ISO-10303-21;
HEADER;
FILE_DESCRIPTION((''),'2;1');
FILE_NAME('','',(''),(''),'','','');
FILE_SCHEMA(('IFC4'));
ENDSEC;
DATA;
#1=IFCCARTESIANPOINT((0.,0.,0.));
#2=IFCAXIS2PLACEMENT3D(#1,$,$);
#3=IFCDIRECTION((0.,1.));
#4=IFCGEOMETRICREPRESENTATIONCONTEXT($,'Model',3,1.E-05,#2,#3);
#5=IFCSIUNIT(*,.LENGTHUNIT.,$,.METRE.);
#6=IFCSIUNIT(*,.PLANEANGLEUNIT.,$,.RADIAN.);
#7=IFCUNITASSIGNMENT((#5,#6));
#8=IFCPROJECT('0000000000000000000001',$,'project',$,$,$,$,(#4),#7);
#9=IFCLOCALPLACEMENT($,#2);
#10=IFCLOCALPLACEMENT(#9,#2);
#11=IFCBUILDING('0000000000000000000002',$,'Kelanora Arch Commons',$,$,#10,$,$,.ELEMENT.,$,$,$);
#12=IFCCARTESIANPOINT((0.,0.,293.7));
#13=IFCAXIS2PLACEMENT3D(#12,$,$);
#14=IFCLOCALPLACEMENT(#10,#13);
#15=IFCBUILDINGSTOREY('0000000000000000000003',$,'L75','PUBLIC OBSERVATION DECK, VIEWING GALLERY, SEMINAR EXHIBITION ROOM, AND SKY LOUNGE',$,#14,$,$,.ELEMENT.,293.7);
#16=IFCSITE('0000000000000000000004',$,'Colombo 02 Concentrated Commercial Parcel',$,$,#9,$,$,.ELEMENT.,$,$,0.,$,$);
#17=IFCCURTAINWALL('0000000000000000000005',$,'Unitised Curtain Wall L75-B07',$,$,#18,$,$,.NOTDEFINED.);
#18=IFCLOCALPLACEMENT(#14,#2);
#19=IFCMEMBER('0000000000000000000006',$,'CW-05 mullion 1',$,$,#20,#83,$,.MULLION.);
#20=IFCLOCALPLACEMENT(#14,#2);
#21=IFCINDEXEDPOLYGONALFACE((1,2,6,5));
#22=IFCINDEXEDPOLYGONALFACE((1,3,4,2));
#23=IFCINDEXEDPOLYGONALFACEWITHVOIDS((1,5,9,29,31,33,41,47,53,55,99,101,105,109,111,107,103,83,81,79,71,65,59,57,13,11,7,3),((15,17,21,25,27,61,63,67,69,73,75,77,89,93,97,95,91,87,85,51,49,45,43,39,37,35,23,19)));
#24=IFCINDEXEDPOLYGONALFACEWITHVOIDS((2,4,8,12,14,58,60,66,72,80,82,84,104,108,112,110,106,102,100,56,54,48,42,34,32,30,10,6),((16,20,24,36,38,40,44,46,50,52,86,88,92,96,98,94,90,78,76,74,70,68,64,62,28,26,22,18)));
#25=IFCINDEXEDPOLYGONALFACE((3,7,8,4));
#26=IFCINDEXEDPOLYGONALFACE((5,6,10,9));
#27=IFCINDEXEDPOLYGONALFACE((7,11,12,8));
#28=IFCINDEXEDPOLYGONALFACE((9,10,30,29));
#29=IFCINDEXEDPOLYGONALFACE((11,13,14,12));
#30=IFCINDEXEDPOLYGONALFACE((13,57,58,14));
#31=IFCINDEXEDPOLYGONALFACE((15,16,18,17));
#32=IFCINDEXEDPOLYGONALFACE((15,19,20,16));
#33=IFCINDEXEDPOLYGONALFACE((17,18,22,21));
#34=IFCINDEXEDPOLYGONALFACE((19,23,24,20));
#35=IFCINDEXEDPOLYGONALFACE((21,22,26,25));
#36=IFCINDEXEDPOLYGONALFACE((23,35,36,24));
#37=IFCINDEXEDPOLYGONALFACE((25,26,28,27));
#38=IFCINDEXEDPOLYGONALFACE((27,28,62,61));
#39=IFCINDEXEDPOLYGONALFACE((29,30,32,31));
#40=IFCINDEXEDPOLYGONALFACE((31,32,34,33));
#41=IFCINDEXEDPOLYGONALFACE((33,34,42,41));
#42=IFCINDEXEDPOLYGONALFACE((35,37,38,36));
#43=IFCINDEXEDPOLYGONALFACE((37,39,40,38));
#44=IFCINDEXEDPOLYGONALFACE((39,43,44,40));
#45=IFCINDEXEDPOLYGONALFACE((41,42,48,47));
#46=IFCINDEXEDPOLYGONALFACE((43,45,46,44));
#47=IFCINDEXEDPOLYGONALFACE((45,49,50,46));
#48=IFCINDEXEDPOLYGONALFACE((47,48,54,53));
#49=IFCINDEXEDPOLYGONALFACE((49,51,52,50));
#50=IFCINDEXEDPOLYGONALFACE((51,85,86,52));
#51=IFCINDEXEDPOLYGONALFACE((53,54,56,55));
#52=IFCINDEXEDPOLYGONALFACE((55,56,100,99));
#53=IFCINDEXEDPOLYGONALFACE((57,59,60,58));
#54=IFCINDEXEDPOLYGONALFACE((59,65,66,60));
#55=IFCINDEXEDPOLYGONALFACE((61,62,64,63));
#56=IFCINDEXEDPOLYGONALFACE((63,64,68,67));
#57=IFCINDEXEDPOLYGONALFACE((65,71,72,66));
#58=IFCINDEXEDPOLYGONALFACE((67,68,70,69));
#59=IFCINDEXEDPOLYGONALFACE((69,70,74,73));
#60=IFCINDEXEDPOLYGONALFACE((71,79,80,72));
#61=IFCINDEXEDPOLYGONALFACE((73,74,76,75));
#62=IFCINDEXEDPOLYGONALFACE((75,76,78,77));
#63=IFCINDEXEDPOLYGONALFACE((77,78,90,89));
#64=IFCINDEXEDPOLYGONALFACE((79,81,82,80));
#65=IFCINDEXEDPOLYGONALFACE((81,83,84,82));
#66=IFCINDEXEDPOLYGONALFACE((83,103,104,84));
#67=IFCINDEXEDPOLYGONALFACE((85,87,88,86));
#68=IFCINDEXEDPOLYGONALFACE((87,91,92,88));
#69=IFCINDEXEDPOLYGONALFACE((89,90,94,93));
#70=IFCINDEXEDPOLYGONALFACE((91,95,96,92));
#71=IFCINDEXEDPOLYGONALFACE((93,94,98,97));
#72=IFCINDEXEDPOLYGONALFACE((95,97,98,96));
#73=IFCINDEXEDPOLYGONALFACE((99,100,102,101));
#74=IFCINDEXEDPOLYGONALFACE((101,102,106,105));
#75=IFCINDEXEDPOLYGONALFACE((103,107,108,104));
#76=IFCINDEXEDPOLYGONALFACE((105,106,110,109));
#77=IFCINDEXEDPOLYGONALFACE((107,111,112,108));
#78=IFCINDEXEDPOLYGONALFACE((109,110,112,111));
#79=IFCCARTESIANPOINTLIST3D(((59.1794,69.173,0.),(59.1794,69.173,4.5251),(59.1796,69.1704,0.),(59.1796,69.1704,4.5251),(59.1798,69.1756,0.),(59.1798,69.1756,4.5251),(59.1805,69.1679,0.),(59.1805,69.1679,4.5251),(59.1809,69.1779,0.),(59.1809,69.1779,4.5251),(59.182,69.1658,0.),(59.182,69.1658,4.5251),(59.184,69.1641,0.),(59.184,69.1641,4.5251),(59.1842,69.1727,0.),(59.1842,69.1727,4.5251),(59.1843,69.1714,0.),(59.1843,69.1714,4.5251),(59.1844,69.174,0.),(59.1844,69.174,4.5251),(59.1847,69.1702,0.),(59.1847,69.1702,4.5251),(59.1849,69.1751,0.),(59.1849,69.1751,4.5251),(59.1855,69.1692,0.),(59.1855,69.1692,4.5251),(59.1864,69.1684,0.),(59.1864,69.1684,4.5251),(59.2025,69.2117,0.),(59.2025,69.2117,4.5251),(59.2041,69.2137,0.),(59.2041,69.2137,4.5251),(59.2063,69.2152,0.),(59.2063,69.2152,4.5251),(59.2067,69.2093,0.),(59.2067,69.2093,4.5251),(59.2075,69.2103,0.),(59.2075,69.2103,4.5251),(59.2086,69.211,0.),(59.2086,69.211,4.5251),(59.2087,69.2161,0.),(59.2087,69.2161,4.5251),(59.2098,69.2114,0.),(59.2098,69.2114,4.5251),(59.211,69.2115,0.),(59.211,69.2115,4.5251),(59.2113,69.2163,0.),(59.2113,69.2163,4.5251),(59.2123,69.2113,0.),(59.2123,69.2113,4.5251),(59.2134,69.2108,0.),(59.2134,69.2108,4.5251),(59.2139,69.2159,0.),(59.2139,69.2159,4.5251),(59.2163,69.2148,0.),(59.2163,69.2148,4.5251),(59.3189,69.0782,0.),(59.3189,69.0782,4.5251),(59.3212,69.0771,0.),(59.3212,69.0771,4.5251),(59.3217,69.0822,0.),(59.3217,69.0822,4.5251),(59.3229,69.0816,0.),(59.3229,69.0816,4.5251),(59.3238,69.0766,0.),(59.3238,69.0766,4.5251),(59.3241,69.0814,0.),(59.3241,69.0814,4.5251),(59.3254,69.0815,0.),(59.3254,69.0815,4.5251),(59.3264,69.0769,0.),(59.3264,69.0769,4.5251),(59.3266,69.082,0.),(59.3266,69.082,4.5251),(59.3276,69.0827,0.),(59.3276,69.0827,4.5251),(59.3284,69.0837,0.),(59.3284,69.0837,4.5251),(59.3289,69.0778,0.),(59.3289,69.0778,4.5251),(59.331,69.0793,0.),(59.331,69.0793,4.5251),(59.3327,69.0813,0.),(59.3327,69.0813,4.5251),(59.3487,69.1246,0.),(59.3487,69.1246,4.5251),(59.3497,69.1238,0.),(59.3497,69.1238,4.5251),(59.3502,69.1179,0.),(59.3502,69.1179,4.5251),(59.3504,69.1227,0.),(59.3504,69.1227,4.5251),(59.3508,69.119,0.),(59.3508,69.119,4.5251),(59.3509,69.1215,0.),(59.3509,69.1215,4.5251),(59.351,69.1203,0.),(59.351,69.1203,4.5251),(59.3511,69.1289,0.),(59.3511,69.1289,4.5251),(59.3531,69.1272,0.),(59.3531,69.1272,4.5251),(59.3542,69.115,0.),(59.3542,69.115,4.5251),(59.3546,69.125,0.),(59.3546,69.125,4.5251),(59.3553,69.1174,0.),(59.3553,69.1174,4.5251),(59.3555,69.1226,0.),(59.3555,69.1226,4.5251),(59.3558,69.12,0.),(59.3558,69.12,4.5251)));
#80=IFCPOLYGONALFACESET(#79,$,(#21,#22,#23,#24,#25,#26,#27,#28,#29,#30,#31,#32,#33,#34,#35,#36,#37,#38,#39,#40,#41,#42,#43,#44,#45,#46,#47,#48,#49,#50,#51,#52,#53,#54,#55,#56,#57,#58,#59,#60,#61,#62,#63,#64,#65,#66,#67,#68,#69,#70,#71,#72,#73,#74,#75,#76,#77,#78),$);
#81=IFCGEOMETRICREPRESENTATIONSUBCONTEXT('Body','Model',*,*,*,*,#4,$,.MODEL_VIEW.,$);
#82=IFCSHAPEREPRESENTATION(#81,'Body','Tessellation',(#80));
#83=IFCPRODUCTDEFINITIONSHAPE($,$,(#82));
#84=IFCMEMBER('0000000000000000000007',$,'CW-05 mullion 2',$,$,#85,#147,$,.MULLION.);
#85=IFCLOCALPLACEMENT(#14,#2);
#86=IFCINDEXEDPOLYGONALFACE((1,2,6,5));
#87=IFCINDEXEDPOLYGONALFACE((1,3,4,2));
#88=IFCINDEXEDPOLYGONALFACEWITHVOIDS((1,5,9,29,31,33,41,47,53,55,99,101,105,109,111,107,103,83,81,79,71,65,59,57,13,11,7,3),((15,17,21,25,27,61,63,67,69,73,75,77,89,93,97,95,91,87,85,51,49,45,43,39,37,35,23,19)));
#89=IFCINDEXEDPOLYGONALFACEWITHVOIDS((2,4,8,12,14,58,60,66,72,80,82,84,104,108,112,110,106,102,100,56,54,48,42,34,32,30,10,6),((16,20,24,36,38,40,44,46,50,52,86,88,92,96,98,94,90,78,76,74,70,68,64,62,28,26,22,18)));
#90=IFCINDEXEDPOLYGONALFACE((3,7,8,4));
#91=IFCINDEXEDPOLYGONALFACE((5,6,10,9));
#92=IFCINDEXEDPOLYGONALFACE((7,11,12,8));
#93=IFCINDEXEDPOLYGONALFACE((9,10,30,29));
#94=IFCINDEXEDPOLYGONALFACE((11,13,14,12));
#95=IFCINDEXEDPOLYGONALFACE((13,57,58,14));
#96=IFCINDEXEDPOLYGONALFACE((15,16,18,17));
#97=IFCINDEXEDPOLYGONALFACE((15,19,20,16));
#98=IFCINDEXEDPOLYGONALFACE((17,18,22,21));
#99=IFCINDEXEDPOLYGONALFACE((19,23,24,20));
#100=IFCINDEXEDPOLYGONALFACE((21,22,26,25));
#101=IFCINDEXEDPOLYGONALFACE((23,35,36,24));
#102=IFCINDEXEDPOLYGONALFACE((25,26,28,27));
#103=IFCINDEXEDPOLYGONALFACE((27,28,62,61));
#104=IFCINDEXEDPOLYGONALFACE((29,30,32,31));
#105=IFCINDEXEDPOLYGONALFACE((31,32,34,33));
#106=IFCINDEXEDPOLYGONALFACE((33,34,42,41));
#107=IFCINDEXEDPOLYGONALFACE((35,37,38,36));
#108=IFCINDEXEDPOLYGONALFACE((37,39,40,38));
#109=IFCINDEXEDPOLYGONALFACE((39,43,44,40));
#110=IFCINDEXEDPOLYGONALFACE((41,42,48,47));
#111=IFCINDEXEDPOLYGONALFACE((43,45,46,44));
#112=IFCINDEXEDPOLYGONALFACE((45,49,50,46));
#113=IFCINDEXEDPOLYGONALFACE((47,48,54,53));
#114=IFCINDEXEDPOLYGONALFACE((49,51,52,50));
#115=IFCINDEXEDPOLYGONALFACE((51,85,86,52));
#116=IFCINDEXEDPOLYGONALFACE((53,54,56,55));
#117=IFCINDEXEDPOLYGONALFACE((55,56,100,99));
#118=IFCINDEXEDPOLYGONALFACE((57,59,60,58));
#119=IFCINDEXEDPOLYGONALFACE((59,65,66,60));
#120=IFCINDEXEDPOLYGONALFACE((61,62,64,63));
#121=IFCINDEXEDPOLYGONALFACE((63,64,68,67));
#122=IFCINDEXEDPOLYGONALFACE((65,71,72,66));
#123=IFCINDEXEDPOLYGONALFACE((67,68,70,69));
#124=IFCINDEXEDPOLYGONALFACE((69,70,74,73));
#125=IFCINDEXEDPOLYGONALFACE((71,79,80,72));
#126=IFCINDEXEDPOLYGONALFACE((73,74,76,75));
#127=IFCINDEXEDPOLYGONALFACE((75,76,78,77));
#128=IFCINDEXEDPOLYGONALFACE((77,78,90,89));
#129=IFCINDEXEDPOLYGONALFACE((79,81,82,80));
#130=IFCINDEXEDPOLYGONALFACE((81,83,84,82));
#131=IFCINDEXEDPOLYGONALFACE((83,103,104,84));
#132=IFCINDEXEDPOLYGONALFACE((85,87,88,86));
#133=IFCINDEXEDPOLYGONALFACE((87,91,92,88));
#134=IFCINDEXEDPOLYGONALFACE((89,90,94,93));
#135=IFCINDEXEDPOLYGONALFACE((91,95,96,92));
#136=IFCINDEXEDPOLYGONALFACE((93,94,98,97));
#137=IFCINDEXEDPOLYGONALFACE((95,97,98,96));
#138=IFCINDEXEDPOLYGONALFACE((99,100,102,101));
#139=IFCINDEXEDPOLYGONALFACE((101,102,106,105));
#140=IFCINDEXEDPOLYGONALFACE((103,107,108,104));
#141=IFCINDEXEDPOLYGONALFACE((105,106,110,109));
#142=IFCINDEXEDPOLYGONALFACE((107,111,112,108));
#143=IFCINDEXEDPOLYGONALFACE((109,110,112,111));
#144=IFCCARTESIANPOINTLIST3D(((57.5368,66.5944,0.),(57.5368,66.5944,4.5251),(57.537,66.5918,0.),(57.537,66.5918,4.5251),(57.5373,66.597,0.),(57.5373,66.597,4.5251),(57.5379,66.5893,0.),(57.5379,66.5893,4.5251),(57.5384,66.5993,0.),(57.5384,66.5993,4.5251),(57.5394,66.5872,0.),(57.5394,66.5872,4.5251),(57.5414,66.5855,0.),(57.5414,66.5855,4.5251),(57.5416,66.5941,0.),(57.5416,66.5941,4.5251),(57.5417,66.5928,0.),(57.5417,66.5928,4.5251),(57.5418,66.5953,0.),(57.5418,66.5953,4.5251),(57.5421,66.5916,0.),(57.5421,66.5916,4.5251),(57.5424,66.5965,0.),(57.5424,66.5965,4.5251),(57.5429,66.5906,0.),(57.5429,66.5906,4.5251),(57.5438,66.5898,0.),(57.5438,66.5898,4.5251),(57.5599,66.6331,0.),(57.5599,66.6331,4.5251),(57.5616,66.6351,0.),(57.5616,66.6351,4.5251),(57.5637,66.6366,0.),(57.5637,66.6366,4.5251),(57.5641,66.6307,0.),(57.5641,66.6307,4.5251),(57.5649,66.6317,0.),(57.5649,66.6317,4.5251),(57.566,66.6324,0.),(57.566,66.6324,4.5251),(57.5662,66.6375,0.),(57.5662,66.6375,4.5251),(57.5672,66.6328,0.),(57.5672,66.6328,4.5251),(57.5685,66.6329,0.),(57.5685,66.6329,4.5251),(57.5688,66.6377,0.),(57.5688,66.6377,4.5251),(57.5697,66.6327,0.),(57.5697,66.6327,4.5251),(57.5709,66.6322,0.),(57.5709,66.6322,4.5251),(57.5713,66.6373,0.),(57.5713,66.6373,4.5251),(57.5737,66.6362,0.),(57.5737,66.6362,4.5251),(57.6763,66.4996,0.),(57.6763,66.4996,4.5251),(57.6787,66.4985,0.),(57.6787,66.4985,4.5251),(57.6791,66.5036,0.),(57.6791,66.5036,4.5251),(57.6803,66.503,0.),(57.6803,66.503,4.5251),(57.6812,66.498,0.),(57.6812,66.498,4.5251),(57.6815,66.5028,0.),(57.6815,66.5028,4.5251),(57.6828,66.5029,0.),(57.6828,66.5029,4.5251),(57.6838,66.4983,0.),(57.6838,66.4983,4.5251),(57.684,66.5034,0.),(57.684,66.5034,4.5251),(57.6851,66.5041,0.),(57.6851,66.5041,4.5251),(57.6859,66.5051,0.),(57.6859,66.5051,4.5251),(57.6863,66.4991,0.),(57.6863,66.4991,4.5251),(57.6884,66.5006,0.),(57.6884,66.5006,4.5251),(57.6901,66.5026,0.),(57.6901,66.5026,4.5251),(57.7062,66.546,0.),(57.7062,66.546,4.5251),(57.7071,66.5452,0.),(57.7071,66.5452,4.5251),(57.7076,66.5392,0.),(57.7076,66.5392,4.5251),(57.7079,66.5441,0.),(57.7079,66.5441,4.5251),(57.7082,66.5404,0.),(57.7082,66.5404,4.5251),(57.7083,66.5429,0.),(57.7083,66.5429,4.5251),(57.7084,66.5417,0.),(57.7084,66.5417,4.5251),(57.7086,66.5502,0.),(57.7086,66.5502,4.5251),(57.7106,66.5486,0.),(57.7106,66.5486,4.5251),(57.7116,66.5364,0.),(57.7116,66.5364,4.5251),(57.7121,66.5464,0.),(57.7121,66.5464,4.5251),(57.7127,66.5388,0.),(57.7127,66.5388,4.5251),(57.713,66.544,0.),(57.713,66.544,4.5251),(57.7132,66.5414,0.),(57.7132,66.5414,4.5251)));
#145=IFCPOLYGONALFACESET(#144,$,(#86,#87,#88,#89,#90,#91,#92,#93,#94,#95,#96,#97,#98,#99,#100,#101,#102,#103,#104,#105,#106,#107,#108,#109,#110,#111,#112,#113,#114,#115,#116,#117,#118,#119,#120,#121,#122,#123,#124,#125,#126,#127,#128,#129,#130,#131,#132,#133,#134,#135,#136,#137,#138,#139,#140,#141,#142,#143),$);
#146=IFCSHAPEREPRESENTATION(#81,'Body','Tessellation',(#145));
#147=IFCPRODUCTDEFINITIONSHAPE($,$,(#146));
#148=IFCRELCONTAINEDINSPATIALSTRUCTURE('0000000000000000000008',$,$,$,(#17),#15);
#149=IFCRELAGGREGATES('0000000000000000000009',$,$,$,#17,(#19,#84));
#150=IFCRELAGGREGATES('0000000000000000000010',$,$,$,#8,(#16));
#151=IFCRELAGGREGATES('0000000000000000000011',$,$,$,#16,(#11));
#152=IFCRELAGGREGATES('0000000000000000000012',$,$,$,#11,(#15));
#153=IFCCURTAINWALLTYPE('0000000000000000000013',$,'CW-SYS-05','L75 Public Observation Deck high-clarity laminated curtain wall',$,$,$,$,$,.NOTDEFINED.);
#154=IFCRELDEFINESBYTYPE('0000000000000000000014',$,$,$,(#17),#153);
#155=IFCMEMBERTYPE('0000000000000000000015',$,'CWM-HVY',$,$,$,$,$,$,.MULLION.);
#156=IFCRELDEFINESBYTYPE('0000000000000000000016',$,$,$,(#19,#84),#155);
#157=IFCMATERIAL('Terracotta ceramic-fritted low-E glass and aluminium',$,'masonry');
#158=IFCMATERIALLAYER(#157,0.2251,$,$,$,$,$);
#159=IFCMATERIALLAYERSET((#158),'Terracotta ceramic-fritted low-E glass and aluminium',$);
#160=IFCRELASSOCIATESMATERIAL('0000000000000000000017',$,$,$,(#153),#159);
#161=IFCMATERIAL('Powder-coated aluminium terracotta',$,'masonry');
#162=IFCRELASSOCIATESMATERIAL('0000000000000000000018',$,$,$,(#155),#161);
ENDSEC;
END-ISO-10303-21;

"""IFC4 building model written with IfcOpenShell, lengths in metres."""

from ifc_helpers import new_model, si_unit, direction, frame, origin, origin_2d, place, context, subcontext, project, spatial, hollow_rectangle, extrude, material, layer, layer_set, material_profile, profile_set, type_object, element, aggregate, save


model = new_model("IFC4")

# Units and contexts
model_context = context("Model", 3, precision=1e-05, world=origin(), true_north=direction((0.0, 1.0)))
body_context = subcontext(model_context, "Body", "Model", "MODEL_VIEW")
ifc_project = project(units=[si_unit("LENGTHUNIT", "METRE"), si_unit("PLANEANGLEUNIT", "RADIAN")], contexts=[model_context])

# Site, building, storey
site_placement = place(None, origin())
site = spatial("IfcSite", under=ifc_project, at=site_placement, Name="Colombo 02 Concentrated Commercial Parcel", CompositionType="ELEMENT", RefElevation=0.0)
building_placement = place(site_placement, origin())
building = spatial("IfcBuilding", under=site, at=building_placement, Name="Kelanora Arch Commons", CompositionType="ELEMENT")
storey_placement = place(building_placement, frame((0.0, 0.0, 293.7)))
storey = spatial("IfcBuildingStorey", under=building, at=storey_placement, Name="L75", Description="PUBLIC OBSERVATION DECK, VIEWING GALLERY, SEMINAR EXHIBITION ROOM, AND SKY LOUNGE", CompositionType="ELEMENT", Elevation=293.7)

# Curtain wall, members
ifc_material_1 = material(Name="Terracotta ceramic-fritted low-E glass and aluminium", Category="masonry")
ifc_layer_1 = layer(ifc_material_1, 0.2251)
ifc_layer_set_1 = layer_set([ifc_layer_1], Name="Terracotta ceramic-fritted low-E glass and aluminium")
curtain_wall_type = type_object("IfcCurtainWallType", Name="CW-SYS-05", Description="L75 Public Observation Deck high-clarity laminated curtain wall", PredefinedType="NOTDEFINED", material=ifc_layer_set_1)
ifc_material_2 = material(Name="Powder-coated aluminium terracotta", Category="masonry")
ifc_material_profile_1 = material_profile(ifc_material_2, hollow_rectangle(XDim=0.1799, YDim=0.0601, WallThickness=0.0049, InnerFilletRadius=0.0049, OuterFilletRadius=0.01, at=origin_2d()), Name="CWM180x60")
ifc_profile_set_1 = profile_set([ifc_material_profile_1], Name="Powder-coated aluminium terracotta")
member_type_1 = type_object("IfcMemberType", Name="CWM-HVY", PredefinedType="MULLION", material=ifc_profile_set_1)
curtain_wall_1_placement = place(storey_placement, origin())
curtain_wall_1 = element("IfcCurtainWall", 1, at=curtain_wall_1_placement, inside=storey, type_object=curtain_wall_type, Name="Unitised Curtain Wall L75-B07", PredefinedType="NOTDEFINED")
member_1_placement = place(storey_placement, frame((59.2676, 69.1465, 0.0), z_axis=(0.0, 0.0, 1.0), x_axis=(0.843391, -0.5373, 0.0)))
member_1 = element("IfcMember", 2, at=member_1_placement, type_object=member_type_1, Name="CW-05 mullion 1", PredefinedType="MULLION", context=body_context, shape_type="SweptSolid", body=[
    extrude(hollow_rectangle(XDim=0.1799, YDim=0.0601, WallThickness=0.0049, InnerFilletRadius=0.0049, OuterFilletRadius=0.01, at=origin_2d()), origin(), (0.0, 0.0, 1.0), 4.5251),
])
member_2_placement = place(storey_placement, frame((57.625, 66.5679, 0.0), z_axis=(0.0, 0.0, 1.0), x_axis=(0.843391, -0.5373, 0.0)))
member_2 = element("IfcMember", 3, at=member_2_placement, type_object=member_type_1, Name="CW-05 mullion 2", PredefinedType="MULLION", context=body_context, shape_type="SweptSolid", body=[
    extrude(hollow_rectangle(XDim=0.1799, YDim=0.0601, WallThickness=0.0049, InnerFilletRadius=0.0049, OuterFilletRadius=0.01, at=origin_2d()), origin(), (0.0, 0.0, 1.0), 4.5251),
])

aggregate(curtain_wall_1, [member_1, member_2])

save(model, "model.ifc")
